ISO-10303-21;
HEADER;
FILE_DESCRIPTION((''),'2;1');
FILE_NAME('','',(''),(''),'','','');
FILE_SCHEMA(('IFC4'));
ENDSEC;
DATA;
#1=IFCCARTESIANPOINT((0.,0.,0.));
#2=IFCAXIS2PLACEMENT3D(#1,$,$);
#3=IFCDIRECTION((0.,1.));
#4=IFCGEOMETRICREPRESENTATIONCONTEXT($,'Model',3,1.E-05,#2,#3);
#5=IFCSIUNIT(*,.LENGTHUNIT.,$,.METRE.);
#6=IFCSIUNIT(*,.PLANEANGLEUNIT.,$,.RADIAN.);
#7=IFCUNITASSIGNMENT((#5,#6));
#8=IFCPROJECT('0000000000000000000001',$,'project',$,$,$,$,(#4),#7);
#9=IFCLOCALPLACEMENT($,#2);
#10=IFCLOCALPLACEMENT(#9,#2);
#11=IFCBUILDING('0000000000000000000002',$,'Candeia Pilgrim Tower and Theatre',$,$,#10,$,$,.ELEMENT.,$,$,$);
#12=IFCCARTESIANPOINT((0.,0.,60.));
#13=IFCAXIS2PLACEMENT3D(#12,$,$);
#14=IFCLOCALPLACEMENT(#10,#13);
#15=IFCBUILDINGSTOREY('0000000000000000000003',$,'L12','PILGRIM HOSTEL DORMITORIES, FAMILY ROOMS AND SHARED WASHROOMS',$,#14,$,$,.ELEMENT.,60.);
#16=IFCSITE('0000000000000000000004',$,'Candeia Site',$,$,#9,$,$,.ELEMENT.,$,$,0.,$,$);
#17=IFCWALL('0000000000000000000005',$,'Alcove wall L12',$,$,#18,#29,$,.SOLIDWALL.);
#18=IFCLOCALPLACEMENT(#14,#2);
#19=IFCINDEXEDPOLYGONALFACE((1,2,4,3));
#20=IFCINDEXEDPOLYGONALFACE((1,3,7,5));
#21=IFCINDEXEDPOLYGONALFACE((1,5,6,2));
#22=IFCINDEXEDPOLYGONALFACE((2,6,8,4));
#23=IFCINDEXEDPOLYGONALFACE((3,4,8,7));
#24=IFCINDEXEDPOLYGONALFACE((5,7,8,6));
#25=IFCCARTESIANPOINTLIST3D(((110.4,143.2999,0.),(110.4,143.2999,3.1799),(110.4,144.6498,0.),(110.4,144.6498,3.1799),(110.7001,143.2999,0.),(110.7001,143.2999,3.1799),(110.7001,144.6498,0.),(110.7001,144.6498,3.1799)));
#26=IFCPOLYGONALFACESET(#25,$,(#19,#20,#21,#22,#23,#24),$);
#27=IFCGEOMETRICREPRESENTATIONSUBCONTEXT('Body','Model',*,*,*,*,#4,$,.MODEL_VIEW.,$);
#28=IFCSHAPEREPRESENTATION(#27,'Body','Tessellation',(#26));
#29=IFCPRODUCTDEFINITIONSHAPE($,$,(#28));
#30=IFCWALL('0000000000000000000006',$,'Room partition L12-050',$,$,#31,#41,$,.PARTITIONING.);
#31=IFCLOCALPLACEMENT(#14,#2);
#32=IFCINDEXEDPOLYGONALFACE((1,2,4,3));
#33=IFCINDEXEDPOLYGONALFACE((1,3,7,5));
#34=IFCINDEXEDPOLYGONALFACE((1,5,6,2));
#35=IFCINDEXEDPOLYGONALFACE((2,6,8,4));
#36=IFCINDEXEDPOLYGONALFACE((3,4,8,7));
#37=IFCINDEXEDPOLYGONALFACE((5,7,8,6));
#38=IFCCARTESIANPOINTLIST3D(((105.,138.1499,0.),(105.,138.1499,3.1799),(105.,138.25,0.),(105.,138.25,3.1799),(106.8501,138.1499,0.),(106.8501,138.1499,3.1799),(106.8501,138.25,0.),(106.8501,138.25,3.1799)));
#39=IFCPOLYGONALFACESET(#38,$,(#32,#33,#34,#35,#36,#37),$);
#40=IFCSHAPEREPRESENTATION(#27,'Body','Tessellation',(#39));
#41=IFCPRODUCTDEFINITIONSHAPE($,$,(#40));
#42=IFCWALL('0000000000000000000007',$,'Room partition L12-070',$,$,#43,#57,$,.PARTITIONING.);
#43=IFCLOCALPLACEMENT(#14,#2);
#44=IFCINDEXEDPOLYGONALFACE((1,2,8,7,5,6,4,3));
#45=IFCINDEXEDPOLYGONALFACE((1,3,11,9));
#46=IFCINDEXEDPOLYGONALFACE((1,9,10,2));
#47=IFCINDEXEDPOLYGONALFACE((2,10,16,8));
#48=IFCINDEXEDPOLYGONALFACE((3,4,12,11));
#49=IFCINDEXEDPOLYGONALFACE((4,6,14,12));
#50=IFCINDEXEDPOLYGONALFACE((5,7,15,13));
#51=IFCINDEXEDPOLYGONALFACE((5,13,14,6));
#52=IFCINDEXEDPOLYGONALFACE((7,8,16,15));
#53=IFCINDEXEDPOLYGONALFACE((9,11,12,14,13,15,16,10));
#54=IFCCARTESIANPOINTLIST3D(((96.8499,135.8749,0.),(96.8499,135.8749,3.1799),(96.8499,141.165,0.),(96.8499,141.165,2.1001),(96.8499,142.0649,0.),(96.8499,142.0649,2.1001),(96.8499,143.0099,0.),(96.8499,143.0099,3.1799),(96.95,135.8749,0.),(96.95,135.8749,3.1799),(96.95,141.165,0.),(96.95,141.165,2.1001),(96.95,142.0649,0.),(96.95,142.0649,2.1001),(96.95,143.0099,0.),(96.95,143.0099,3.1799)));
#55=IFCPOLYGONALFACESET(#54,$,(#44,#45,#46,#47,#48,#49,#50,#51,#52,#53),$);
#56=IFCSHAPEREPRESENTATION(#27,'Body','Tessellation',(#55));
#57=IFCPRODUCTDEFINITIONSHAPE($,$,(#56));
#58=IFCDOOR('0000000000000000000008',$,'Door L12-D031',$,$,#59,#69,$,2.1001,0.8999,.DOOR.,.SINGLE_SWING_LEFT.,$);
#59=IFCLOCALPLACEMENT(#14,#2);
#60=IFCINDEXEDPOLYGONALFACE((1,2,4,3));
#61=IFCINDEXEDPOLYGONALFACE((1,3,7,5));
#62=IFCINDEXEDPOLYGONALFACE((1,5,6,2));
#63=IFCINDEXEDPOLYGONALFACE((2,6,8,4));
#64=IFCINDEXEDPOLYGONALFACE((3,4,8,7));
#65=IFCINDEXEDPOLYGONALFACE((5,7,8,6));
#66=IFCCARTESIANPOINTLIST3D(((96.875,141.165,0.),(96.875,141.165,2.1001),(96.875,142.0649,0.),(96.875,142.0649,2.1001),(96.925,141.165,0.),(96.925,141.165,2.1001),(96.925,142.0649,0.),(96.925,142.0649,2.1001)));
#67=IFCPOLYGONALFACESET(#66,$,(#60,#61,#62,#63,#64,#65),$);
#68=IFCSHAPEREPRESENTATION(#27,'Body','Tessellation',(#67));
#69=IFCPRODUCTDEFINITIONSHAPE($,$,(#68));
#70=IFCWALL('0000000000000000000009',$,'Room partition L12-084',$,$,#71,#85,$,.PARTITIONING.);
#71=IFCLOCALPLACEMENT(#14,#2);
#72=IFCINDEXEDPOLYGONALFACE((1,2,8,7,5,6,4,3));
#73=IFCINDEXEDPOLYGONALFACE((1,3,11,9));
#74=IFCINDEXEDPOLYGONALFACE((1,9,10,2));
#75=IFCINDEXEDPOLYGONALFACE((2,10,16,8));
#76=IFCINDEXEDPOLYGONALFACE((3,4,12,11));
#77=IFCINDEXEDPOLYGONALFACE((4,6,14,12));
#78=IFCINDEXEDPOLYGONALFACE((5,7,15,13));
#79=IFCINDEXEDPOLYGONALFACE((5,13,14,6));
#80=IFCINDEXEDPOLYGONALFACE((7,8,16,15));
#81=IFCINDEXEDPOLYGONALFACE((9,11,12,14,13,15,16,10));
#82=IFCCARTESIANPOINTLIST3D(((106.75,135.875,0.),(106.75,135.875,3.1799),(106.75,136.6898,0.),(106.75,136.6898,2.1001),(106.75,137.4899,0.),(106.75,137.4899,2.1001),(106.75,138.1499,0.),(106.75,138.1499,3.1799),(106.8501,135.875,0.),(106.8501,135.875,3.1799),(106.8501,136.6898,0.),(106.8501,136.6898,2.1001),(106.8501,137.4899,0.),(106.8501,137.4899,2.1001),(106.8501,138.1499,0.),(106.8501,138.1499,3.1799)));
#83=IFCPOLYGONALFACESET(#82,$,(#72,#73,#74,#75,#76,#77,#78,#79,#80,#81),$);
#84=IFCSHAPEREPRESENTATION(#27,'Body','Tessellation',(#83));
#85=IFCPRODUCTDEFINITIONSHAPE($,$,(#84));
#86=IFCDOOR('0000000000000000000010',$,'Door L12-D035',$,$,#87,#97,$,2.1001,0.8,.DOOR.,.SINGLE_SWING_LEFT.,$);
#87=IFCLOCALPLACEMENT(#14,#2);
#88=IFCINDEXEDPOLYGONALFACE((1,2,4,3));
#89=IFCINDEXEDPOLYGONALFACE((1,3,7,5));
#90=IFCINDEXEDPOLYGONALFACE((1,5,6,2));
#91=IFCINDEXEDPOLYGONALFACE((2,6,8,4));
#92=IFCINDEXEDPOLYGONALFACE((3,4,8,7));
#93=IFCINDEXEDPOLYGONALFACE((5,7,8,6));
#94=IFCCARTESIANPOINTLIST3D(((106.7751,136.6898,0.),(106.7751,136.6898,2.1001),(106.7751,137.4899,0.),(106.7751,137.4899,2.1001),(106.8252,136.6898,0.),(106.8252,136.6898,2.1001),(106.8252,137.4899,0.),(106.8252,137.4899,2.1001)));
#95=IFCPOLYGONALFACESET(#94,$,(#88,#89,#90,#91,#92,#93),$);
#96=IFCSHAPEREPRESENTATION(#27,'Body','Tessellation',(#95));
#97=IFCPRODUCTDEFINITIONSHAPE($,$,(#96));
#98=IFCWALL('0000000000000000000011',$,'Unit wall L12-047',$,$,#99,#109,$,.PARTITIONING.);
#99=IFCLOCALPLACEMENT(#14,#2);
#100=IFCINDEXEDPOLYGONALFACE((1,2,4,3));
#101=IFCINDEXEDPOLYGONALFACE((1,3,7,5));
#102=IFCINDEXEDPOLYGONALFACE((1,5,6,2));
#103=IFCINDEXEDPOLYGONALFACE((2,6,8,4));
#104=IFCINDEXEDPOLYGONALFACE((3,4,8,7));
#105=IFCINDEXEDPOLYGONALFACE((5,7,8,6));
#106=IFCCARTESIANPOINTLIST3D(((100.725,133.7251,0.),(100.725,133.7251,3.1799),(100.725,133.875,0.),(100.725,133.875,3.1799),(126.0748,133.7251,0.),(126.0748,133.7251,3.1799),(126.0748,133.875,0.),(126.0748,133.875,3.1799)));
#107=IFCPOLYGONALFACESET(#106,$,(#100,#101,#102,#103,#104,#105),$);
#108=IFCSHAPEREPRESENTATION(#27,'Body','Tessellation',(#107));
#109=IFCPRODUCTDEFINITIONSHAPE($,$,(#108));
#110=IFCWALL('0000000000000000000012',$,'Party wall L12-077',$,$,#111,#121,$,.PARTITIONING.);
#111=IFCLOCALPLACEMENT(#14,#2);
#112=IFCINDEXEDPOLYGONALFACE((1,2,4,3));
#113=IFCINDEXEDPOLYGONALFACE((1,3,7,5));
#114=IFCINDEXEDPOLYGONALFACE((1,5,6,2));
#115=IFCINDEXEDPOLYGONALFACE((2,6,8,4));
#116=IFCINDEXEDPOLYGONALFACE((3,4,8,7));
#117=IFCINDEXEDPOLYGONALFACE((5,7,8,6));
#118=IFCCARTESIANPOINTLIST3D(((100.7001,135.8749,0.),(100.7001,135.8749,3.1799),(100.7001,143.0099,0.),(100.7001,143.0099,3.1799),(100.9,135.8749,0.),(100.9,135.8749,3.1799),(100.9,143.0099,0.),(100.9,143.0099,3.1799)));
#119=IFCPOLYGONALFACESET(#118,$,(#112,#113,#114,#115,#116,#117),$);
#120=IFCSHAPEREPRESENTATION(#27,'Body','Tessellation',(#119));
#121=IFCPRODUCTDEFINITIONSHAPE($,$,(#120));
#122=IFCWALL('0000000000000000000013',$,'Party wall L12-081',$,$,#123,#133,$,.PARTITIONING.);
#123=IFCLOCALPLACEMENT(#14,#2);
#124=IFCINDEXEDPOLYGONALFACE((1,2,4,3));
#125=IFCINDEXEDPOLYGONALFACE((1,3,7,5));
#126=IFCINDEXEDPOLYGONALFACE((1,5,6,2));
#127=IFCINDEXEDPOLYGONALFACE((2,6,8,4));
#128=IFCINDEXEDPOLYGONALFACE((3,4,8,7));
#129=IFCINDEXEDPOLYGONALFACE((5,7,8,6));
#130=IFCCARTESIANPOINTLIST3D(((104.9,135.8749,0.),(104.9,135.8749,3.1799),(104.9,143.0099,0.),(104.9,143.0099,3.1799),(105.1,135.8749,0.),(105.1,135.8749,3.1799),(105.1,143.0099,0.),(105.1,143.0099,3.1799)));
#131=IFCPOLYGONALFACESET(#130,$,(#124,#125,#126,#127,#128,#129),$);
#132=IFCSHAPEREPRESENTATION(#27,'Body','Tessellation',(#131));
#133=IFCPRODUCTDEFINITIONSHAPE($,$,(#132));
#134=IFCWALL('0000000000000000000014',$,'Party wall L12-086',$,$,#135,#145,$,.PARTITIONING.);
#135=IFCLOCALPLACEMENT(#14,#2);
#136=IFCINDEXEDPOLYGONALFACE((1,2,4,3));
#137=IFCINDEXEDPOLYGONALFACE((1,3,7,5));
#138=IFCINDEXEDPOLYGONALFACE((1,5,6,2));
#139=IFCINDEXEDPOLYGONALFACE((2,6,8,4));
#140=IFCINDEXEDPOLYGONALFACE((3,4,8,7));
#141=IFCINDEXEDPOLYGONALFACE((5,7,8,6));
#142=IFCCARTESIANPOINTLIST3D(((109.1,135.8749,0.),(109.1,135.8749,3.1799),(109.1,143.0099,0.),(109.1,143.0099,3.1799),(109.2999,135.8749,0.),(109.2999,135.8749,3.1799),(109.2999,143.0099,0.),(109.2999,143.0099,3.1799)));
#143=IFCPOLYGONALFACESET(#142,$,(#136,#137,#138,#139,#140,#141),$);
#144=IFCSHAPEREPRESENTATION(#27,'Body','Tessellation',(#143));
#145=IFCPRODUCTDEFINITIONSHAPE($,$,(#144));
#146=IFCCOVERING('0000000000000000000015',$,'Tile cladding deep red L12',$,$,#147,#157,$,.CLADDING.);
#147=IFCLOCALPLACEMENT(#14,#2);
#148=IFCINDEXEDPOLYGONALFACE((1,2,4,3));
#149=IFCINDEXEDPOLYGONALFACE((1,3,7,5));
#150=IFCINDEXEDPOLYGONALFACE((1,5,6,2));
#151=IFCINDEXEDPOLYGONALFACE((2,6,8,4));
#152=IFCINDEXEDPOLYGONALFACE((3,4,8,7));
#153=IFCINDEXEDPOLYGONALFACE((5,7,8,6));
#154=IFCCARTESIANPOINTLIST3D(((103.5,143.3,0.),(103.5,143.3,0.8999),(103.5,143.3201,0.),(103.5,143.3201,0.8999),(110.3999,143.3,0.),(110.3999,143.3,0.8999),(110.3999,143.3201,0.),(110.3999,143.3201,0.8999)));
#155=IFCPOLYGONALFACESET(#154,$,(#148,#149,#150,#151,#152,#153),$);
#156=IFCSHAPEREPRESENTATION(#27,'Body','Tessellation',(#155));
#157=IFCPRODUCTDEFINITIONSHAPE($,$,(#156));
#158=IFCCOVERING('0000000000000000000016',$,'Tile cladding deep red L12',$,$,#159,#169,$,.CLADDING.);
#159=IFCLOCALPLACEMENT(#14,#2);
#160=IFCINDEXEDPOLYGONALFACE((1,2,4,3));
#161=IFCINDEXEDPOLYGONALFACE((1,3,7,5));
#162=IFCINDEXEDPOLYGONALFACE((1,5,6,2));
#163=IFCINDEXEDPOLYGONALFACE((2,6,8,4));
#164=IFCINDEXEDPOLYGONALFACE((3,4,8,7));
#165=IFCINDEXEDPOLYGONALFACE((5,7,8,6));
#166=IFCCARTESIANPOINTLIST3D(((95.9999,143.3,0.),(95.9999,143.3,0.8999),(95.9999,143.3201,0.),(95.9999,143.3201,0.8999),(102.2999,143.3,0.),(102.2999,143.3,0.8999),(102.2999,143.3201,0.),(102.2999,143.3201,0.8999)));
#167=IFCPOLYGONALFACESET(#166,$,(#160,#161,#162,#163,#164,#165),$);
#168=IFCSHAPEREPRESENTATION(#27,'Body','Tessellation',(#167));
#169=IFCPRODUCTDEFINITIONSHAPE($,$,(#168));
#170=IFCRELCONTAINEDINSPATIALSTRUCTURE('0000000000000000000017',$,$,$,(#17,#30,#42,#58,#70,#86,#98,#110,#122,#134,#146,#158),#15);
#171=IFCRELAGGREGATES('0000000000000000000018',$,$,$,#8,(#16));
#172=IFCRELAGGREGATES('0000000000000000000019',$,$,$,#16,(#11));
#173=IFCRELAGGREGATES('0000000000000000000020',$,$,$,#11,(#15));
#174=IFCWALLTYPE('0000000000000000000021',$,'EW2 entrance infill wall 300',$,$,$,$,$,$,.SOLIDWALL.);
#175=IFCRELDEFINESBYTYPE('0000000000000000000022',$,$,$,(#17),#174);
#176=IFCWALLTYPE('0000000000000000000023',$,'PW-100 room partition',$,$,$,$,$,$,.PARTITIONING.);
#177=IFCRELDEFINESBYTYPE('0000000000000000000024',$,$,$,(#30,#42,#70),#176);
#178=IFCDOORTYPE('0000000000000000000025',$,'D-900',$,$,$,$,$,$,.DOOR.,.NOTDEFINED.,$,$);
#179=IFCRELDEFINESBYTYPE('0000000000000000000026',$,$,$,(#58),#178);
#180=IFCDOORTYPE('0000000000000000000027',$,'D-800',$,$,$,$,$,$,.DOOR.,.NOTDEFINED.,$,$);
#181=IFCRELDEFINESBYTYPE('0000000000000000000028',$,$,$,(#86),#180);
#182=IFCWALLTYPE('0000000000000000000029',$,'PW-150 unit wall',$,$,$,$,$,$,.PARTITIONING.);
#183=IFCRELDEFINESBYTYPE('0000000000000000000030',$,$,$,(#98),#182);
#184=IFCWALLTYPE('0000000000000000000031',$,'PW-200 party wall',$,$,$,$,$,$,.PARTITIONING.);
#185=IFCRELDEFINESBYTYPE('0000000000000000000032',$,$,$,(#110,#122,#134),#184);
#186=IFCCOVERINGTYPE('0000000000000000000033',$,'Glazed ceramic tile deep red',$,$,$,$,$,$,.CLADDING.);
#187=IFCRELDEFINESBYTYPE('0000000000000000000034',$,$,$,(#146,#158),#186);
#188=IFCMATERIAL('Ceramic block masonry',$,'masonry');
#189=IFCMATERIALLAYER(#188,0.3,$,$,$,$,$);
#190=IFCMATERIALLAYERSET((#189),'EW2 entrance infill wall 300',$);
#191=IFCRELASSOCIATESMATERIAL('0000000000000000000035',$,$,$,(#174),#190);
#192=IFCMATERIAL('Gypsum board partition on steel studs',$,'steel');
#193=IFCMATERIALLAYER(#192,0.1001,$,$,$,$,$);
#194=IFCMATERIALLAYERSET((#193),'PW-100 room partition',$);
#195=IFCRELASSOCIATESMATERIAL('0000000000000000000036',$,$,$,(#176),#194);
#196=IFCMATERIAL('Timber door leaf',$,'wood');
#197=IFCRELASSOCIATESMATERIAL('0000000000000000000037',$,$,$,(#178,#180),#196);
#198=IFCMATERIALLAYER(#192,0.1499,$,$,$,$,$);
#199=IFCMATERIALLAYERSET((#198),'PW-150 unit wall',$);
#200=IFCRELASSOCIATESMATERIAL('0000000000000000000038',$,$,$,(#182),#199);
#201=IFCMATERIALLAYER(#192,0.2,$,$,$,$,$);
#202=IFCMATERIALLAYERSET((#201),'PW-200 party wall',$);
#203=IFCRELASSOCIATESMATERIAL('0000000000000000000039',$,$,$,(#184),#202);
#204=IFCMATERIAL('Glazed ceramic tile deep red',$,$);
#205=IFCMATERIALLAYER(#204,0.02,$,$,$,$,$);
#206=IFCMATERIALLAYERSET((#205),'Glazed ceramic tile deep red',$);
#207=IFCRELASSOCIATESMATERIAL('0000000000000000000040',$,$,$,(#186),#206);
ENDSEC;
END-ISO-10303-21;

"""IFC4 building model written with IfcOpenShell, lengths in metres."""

from ifc_helpers import new_model, si_unit, direction, frame, frame_2d, origin, origin_2d, place, context, subcontext, project, spatial, rectangle, extrude, material, layer, layer_set, type_object, element, fill, save


model = new_model("IFC4")

# Units and contexts
model_context = context("Model", 3, precision=1e-05, world=origin(), true_north=direction((0.0, 1.0)))
body_context = subcontext(model_context, "Body", "Model", "MODEL_VIEW")
ifc_project = project(units=[si_unit("LENGTHUNIT", "METRE"), si_unit("PLANEANGLEUNIT", "RADIAN")], contexts=[model_context])

# Site, building, storey
site_placement = place(None, origin())
site = spatial("IfcSite", under=ifc_project, at=site_placement, Name="Candeia Site", CompositionType="ELEMENT", RefElevation=0.0)
building_placement = place(site_placement, origin())
building = spatial("IfcBuilding", under=site, at=building_placement, Name="Candeia Pilgrim Tower and Theatre", CompositionType="ELEMENT")
storey_placement = place(building_placement, frame((0.0, 0.0, 60.0)))
storey = spatial("IfcBuildingStorey", under=building, at=storey_placement, Name="L12", Description="PILGRIM HOSTEL DORMITORIES, FAMILY ROOMS AND SHARED WASHROOMS", CompositionType="ELEMENT", Elevation=60.0)

# Shared definitions
ifc_material_1 = material(Name="Ceramic block masonry", Category="masonry")

# Walls
ifc_layer_1 = layer(ifc_material_1, 0.3)
ifc_layer_set_1 = layer_set([ifc_layer_1], Name="EW2 entrance infill wall 300")
wall_type_1 = type_object("IfcWallType", Name="EW2 entrance infill wall 300", PredefinedType="SOLIDWALL", material=ifc_layer_set_1)
wall_1_placement = place(storey_placement, frame((110.55, 143.3, 0.0), z_axis=(0.0, 0.0, 1.0), x_axis=(0.0, 1.0, 0.0)))
element("IfcWall", 1, at=wall_1_placement, inside=storey, type_object=wall_type_1, Name="Alcove wall L12", PredefinedType="SOLIDWALL", context=body_context, shape_type="SweptSolid", body=[
    extrude(rectangle(XDim=1.3499, YDim=0.3, at=frame_2d((0.6748, 0.0))), origin(), (0.0, 0.0, 1.0), 3.1799),
])
ifc_material_2 = material(Name="Gypsum board partition on steel studs", Category="steel")
ifc_layer_2 = layer(ifc_material_2, 0.1001)
ifc_layer_set_2 = layer_set([ifc_layer_2], Name="PW-100 room partition")
wall_type_2 = type_object("IfcWallType", Name="PW-100 room partition", PredefinedType="PARTITIONING", material=ifc_layer_set_2)
wall_2_placement = place(storey_placement, frame((105.0, 138.2, 0.0), z_axis=(0.0, 0.0, 1.0), x_axis=(1.0, 0.0, 0.0)))
element("IfcWall", 2, at=wall_2_placement, inside=storey, type_object=wall_type_2, Name="Room partition L12-050", PredefinedType="PARTITIONING", context=body_context, shape_type="SweptSolid", body=[
    extrude(rectangle(XDim=1.8501, YDim=0.1001, at=frame_2d((0.925, 0.0))), origin(), (0.0, 0.0, 1.0), 3.1799),
])

# Walls, openings, doors
wall_3_placement = place(storey_placement, frame((96.8999, 135.875, 0.0), z_axis=(0.0, 0.0, 1.0), x_axis=(0.0, 1.0, 0.0)))
wall_3 = element("IfcWall", 3, at=wall_3_placement, inside=storey, type_object=wall_type_2, Name="Room partition L12-070", PredefinedType="PARTITIONING", context=body_context, shape_type="SweptSolid", body=[
    extrude(rectangle(XDim=7.135, YDim=0.1001, at=frame_2d((3.5674, 0.0))), origin(), (0.0, 0.0, 1.0), 3.1799),
])
opening_1_placement = place(wall_3_placement, frame((5.29, 0.0, 0.0)))
opening_1 = element("IfcOpeningElement", 4, at=opening_1_placement, cuts=wall_3, PredefinedType="OPENING", context=body_context, shape_type="SweptSolid", body=[
    extrude(rectangle(XDim=0.8999, YDim=2.1001, at=frame_2d((0.45, 1.05))), frame((0.0, 0.0601, 0.0), z_axis=(0.0, -1.0, 0.0), x_axis=(1.0, 0.0, 0.0)), (0.0, 0.0, 1.0), 0.1201),
])
ifc_material_3 = material(Name="Timber door leaf", Category="wood")
door_type_1 = type_object("IfcDoorType", Name="D-900", OperationType="NOTDEFINED", PredefinedType="DOOR", material=ifc_material_3)
door_1_placement = place(opening_1_placement, origin())
door_1 = element("IfcDoor", 5, at=door_1_placement, inside=storey, type_object=door_type_1, Name="Door L12-D031", OperationType="SINGLE_SWING_LEFT", OverallHeight=2.1001, OverallWidth=0.8999, PredefinedType="DOOR", context=body_context, shape_type="SweptSolid", body=[
    extrude(rectangle(XDim=0.8999, YDim=2.1001, at=frame_2d((0.45, 1.05))), frame((0.0, 0.0249, 0.0), z_axis=(0.0, -1.0, 0.0), x_axis=(1.0, 0.0, 0.0)), (0.0, 0.0, 1.0), 0.05),
])
fill(opening_1, door_1)
wall_4_placement = place(storey_placement, frame((106.8, 135.875, 0.0), z_axis=(0.0, 0.0, 1.0), x_axis=(0.0, 1.0, 0.0)))
wall_4 = element("IfcWall", 6, at=wall_4_placement, inside=storey, type_object=wall_type_2, Name="Room partition L12-084", PredefinedType="PARTITIONING", context=body_context, shape_type="SweptSolid", body=[
    extrude(rectangle(XDim=2.2749, YDim=0.1001, at=frame_2d((1.1375, 0.0))), origin(), (0.0, 0.0, 1.0), 3.1799),
])
opening_2_placement = place(wall_4_placement, frame((0.8149, 0.0, 0.0)))
opening_2 = element("IfcOpeningElement", 7, at=opening_2_placement, cuts=wall_4, PredefinedType="OPENING", context=body_context, shape_type="SweptSolid", body=[
    extrude(rectangle(XDim=0.8, YDim=2.1001, at=frame_2d((0.3999, 1.05))), frame((0.0, 0.0601, 0.0), z_axis=(0.0, -1.0, 0.0), x_axis=(1.0, 0.0, 0.0)), (0.0, 0.0, 1.0), 0.1201),
])
door_type_2 = type_object("IfcDoorType", Name="D-800", OperationType="NOTDEFINED", PredefinedType="DOOR", material=ifc_material_3)
door_2_placement = place(opening_2_placement, origin())
door_2 = element("IfcDoor", 8, at=door_2_placement, inside=storey, type_object=door_type_2, Name="Door L12-D035", OperationType="SINGLE_SWING_LEFT", OverallHeight=2.1001, OverallWidth=0.8, PredefinedType="DOOR", context=body_context, shape_type="SweptSolid", body=[
    extrude(rectangle(XDim=0.8, YDim=2.1001, at=frame_2d((0.3999, 1.05))), frame((0.0, 0.0249, 0.0), z_axis=(0.0, -1.0, 0.0), x_axis=(1.0, 0.0, 0.0)), (0.0, 0.0, 1.0), 0.05),
])
fill(opening_2, door_2)

# Walls
ifc_layer_3 = layer(ifc_material_2, 0.1499)
ifc_layer_set_3 = layer_set([ifc_layer_3], Name="PW-150 unit wall")
wall_type_3 = type_object("IfcWallType", Name="PW-150 unit wall", PredefinedType="PARTITIONING", material=ifc_layer_set_3)
wall_5_placement = place(storey_placement, frame((100.7251, 133.8, 0.0), z_axis=(0.0, 0.0, 1.0), x_axis=(1.0, 0.0, 0.0)))
element("IfcWall", 9, at=wall_5_placement, inside=storey, type_object=wall_type_3, Name="Unit wall L12-047", PredefinedType="PARTITIONING", context=body_context, shape_type="SweptSolid", body=[
    extrude(rectangle(XDim=25.3499, YDim=0.1499, at=frame_2d((12.6748, 0.0))), origin(), (0.0, 0.0, 1.0), 3.1799),
])
ifc_layer_4 = layer(ifc_material_2, 0.2)
ifc_layer_set_4 = layer_set([ifc_layer_4], Name="PW-200 party wall")
wall_type_4 = type_object("IfcWallType", Name="PW-200 party wall", PredefinedType="PARTITIONING", material=ifc_layer_set_4)
for number, where, z_axis, x_axis, name in (
    (10, (100.8, 135.875, 0.0), (0.0, 0.0, 1.0), (0.0, 1.0, 0.0), "Party wall L12-077"),
    (11, (105.0, 135.875, 0.0), (0.0, 0.0, 1.0), (0.0, 1.0, 0.0), "Party wall L12-081"),
    (12, (109.2, 135.875, 0.0), (0.0, 0.0, 1.0), (0.0, 1.0, 0.0), "Party wall L12-086"),
):
    element("IfcWall", number, at=place(storey_placement, frame(where, z_axis=z_axis, x_axis=x_axis)), inside=storey, type_object=wall_type_4, Name=name, PredefinedType="PARTITIONING", context=body_context, shape_type="SweptSolid", body=[
        extrude(rectangle(XDim=7.135, YDim=0.2, at=frame_2d((3.5674, 0.0))), origin(), (0.0, 0.0, 1.0), 3.1799),
    ])

# Coverings
ifc_material_4 = material(Name="Glazed ceramic tile deep red")
ifc_layer_5 = layer(ifc_material_4, 0.02)
ifc_layer_set_5 = layer_set([ifc_layer_5], Name="Glazed ceramic tile deep red")
covering_type = type_object("IfcCoveringType", Name="Glazed ceramic tile deep red", PredefinedType="CLADDING", material=ifc_layer_set_5)
covering_1_placement = place(storey_placement, frame((106.95, 143.3101, 0.0), z_axis=(0.0, 0.0, 1.0), x_axis=(-1.0, 0.0, 0.0)))
element("IfcCovering", 13, at=covering_1_placement, inside=storey, type_object=covering_type, Name="Tile cladding deep red L12", PredefinedType="CLADDING", context=body_context, shape_type="SweptSolid", body=[
    extrude(rectangle(XDim=6.8999, YDim=0.02, at=origin_2d()), origin(), (0.0, 0.0, 1.0), 0.8999),
])
covering_2_placement = place(storey_placement, frame((99.1499, 143.3101, 0.0), z_axis=(0.0, 0.0, 1.0), x_axis=(-1.0, 0.0, 0.0)))
element("IfcCovering", 14, at=covering_2_placement, inside=storey, type_object=covering_type, Name="Tile cladding deep red L12", PredefinedType="CLADDING", context=body_context, shape_type="SweptSolid", body=[
    extrude(rectangle(XDim=6.3, YDim=0.02, at=origin_2d()), origin(), (0.0, 0.0, 1.0), 0.8999),
])

save(model, "model.ifc")
